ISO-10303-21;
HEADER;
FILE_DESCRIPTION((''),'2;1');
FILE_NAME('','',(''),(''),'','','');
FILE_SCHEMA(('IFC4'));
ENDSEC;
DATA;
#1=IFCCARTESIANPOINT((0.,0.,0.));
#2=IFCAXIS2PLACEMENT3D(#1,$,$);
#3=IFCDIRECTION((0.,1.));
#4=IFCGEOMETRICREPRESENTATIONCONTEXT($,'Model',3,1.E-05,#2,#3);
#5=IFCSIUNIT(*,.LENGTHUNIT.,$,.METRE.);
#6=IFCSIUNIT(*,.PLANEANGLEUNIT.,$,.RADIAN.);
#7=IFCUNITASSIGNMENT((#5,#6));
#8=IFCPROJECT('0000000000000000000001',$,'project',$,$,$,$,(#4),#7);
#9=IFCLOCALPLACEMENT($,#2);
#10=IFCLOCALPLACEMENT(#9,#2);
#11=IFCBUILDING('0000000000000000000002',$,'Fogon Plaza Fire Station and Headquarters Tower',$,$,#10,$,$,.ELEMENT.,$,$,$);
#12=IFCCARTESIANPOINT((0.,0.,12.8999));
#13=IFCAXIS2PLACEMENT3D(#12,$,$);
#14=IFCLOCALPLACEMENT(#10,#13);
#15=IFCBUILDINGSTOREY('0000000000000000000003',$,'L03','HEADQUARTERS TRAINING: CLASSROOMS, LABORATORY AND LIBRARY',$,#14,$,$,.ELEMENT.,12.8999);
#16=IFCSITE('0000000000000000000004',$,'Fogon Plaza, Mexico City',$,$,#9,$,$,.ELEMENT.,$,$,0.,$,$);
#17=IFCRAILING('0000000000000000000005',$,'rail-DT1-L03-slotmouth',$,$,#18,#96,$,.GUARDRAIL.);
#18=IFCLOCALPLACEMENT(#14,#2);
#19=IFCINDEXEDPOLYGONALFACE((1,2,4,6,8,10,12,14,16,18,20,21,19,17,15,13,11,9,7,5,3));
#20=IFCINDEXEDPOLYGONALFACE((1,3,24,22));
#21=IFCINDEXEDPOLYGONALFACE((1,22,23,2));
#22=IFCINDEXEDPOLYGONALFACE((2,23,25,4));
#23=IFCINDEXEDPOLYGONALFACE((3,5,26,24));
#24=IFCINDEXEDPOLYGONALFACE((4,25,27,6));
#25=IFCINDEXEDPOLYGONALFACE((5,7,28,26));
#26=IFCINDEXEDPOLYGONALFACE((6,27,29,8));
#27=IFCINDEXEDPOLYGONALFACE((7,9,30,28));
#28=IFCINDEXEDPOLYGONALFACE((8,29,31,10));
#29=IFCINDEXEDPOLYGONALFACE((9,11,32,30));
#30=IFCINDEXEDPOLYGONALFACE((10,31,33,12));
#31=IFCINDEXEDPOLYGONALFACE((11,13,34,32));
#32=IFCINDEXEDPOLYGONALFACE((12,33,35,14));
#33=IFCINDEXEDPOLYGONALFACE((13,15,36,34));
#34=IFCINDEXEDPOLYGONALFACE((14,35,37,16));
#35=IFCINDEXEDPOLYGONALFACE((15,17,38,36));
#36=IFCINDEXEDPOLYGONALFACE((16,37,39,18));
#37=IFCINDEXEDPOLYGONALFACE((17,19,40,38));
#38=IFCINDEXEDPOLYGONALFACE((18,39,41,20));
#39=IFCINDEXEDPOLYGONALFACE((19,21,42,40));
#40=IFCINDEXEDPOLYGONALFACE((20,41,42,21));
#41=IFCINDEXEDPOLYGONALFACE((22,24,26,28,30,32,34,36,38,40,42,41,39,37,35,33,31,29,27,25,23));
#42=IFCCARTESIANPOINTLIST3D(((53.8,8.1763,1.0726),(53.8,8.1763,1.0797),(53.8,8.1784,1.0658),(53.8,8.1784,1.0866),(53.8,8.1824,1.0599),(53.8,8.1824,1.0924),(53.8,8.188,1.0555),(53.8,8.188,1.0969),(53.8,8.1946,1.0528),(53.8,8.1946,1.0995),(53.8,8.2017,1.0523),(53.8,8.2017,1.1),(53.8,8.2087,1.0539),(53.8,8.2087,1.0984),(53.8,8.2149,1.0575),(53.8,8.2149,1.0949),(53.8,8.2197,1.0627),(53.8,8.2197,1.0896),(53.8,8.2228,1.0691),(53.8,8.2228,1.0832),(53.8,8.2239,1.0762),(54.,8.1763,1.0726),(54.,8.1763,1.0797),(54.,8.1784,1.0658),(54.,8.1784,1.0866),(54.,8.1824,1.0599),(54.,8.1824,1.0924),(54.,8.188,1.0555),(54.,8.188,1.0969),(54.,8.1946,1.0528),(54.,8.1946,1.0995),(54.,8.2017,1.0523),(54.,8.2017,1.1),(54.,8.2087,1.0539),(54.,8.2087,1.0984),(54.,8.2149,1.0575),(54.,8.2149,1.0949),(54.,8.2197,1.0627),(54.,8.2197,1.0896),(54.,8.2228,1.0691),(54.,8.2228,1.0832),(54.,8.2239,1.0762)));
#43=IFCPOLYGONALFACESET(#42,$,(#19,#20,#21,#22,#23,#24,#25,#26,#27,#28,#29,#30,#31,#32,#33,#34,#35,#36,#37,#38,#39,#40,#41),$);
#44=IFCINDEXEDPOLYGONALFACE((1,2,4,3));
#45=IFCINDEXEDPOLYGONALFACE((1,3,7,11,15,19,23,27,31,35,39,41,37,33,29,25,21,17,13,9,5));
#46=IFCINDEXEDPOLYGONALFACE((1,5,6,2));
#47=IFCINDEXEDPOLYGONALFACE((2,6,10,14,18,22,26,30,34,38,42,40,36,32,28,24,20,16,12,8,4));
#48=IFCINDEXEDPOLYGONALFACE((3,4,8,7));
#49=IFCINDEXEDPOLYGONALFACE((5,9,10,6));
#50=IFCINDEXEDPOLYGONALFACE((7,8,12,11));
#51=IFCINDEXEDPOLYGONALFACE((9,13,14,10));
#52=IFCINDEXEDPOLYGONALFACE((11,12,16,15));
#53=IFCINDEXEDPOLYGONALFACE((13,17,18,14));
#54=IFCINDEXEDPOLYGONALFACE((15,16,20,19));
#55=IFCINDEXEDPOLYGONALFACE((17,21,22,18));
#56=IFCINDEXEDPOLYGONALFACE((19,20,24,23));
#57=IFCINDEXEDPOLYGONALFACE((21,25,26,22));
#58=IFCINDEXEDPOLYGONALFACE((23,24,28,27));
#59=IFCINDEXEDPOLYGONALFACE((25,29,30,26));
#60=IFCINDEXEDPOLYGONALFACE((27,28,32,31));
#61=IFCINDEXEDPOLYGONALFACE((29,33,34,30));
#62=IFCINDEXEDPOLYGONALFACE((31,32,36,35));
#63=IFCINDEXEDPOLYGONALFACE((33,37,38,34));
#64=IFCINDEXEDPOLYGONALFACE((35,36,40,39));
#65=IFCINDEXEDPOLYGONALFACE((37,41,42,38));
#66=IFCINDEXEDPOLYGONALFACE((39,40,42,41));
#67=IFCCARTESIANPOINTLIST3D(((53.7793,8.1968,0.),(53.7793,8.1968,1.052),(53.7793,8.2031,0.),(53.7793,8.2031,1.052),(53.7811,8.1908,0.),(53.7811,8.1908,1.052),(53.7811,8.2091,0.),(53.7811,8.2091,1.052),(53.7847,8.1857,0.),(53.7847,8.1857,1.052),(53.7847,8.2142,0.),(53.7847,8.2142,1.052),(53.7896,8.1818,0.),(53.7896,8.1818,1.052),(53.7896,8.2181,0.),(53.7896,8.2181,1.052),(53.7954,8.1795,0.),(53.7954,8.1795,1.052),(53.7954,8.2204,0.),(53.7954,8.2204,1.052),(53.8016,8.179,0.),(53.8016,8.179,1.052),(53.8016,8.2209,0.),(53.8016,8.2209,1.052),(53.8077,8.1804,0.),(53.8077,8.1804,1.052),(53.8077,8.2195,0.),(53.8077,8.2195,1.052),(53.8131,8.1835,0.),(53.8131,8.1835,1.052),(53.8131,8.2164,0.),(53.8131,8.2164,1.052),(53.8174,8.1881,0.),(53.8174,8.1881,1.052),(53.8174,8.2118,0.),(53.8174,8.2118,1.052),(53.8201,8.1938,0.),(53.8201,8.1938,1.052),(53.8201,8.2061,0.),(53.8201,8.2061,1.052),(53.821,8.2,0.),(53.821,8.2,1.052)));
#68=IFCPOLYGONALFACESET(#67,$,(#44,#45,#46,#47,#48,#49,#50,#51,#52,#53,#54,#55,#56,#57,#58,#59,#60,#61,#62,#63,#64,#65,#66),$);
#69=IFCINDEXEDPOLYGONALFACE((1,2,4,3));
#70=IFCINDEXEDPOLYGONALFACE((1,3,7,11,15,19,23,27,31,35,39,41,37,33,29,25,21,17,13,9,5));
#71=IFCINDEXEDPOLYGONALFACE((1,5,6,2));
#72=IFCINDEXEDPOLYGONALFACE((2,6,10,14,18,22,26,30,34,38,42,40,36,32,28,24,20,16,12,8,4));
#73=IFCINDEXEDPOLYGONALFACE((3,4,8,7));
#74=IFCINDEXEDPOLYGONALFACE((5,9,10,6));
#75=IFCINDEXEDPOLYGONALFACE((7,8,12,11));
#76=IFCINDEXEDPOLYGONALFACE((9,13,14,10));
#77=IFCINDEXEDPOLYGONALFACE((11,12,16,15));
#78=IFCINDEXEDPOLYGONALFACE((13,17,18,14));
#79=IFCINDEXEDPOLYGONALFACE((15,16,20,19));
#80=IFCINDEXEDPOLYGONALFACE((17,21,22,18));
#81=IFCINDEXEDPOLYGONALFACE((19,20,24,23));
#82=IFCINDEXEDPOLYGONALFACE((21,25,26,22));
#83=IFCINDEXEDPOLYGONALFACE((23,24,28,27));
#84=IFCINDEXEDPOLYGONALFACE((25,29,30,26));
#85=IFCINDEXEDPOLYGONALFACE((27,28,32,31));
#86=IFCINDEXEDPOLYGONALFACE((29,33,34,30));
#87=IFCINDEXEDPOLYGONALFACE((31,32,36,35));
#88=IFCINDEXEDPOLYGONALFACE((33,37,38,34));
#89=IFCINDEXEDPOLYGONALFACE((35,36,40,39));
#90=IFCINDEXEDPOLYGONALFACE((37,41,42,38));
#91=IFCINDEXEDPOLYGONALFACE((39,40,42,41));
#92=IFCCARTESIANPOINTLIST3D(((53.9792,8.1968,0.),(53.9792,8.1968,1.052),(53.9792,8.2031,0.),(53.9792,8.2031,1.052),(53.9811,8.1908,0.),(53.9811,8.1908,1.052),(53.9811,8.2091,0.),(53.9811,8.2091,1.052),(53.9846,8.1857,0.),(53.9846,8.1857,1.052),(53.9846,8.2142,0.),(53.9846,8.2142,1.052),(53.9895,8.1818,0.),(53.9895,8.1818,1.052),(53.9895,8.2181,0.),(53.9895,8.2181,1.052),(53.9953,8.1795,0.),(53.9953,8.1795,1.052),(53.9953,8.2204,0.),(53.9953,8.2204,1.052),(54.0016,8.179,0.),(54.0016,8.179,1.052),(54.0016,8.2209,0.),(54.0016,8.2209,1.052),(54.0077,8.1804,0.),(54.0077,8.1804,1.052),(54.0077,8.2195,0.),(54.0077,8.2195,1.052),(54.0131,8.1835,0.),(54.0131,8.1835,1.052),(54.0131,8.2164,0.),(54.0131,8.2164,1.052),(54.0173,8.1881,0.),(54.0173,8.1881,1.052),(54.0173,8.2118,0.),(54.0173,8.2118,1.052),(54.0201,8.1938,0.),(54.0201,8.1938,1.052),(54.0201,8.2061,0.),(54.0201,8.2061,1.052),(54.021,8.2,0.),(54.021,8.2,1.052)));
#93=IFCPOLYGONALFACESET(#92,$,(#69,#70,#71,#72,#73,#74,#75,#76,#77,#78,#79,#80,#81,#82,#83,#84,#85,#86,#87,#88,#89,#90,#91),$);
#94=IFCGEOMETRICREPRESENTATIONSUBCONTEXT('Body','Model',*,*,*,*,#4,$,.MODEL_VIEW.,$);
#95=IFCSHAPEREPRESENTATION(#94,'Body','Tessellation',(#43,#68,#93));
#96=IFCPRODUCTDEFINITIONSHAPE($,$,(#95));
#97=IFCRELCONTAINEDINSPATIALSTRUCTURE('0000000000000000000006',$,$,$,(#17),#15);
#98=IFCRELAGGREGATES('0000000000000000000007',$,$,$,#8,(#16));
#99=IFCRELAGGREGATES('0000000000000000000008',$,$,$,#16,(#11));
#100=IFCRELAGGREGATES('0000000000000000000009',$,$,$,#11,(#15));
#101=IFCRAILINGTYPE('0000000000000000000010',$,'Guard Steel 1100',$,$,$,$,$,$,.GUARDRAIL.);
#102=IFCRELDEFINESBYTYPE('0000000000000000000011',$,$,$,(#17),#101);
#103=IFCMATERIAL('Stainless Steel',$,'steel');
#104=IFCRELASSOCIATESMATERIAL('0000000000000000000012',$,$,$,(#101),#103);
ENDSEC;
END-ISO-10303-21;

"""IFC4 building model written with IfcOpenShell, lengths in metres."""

from ifc_helpers import new_model, si_unit, direction, frame, origin, origin_2d, place, context, subcontext, project, spatial, circle, extrude, material, type_object, element, save


model = new_model("IFC4")

# Units and contexts
model_context = context("Model", 3, precision=1e-05, world=origin(), true_north=direction((0.0, 1.0)))
body_context = subcontext(model_context, "Body", "Model", "MODEL_VIEW")
ifc_project = project(units=[si_unit("LENGTHUNIT", "METRE"), si_unit("PLANEANGLEUNIT", "RADIAN")], contexts=[model_context])

# Site, building, storey
site_placement = place(None, origin())
site = spatial("IfcSite", under=ifc_project, at=site_placement, Name="Fogon Plaza, Mexico City", CompositionType="ELEMENT", RefElevation=0.0)
building_placement = place(site_placement, origin())
building = spatial("IfcBuilding", under=site, at=building_placement, Name="Fogon Plaza Fire Station and Headquarters Tower", CompositionType="ELEMENT")
storey_placement = place(building_placement, frame((0.0, 0.0, 12.8999)))
storey = spatial("IfcBuildingStorey", under=building, at=storey_placement, Name="L03", Description="HEADQUARTERS TRAINING: CLASSROOMS, LABORATORY AND LIBRARY", CompositionType="ELEMENT", Elevation=12.8999)

# Railing
ifc_material_1 = material(Name="Stainless Steel", Category="steel")
railing_type_1 = type_object("IfcRailingType", Name="Guard Steel 1100", PredefinedType="GUARDRAIL", material=ifc_material_1)
railing_1_placement = place(storey_placement, frame((53.8, 8.2, 0.0)))
element("IfcRailing", 1, at=railing_1_placement, inside=storey, type_object=railing_type_1, Name="rail-DT1-L03-slotmouth", PredefinedType="GUARDRAIL", context=body_context, shape_type="SweptSolid", body=[
    extrude(circle(Radius=0.0239, at=origin_2d()), frame((0.0, 0.0, 1.0762), z_axis=(1.0, 0.0, 0.0), x_axis=(0.0, 1.0, 0.0)), (0.0, 0.0, 1.0), 0.2),
    extrude(circle(Radius=0.021, at=origin_2d()), origin(), (0.0, 0.0, 1.0), 1.052),
    extrude(circle(Radius=0.021, at=origin_2d()), frame((0.2, 0.0, 0.0)), (0.0, 0.0, 1.0), 1.052),
])

save(model, "model.ifc")
